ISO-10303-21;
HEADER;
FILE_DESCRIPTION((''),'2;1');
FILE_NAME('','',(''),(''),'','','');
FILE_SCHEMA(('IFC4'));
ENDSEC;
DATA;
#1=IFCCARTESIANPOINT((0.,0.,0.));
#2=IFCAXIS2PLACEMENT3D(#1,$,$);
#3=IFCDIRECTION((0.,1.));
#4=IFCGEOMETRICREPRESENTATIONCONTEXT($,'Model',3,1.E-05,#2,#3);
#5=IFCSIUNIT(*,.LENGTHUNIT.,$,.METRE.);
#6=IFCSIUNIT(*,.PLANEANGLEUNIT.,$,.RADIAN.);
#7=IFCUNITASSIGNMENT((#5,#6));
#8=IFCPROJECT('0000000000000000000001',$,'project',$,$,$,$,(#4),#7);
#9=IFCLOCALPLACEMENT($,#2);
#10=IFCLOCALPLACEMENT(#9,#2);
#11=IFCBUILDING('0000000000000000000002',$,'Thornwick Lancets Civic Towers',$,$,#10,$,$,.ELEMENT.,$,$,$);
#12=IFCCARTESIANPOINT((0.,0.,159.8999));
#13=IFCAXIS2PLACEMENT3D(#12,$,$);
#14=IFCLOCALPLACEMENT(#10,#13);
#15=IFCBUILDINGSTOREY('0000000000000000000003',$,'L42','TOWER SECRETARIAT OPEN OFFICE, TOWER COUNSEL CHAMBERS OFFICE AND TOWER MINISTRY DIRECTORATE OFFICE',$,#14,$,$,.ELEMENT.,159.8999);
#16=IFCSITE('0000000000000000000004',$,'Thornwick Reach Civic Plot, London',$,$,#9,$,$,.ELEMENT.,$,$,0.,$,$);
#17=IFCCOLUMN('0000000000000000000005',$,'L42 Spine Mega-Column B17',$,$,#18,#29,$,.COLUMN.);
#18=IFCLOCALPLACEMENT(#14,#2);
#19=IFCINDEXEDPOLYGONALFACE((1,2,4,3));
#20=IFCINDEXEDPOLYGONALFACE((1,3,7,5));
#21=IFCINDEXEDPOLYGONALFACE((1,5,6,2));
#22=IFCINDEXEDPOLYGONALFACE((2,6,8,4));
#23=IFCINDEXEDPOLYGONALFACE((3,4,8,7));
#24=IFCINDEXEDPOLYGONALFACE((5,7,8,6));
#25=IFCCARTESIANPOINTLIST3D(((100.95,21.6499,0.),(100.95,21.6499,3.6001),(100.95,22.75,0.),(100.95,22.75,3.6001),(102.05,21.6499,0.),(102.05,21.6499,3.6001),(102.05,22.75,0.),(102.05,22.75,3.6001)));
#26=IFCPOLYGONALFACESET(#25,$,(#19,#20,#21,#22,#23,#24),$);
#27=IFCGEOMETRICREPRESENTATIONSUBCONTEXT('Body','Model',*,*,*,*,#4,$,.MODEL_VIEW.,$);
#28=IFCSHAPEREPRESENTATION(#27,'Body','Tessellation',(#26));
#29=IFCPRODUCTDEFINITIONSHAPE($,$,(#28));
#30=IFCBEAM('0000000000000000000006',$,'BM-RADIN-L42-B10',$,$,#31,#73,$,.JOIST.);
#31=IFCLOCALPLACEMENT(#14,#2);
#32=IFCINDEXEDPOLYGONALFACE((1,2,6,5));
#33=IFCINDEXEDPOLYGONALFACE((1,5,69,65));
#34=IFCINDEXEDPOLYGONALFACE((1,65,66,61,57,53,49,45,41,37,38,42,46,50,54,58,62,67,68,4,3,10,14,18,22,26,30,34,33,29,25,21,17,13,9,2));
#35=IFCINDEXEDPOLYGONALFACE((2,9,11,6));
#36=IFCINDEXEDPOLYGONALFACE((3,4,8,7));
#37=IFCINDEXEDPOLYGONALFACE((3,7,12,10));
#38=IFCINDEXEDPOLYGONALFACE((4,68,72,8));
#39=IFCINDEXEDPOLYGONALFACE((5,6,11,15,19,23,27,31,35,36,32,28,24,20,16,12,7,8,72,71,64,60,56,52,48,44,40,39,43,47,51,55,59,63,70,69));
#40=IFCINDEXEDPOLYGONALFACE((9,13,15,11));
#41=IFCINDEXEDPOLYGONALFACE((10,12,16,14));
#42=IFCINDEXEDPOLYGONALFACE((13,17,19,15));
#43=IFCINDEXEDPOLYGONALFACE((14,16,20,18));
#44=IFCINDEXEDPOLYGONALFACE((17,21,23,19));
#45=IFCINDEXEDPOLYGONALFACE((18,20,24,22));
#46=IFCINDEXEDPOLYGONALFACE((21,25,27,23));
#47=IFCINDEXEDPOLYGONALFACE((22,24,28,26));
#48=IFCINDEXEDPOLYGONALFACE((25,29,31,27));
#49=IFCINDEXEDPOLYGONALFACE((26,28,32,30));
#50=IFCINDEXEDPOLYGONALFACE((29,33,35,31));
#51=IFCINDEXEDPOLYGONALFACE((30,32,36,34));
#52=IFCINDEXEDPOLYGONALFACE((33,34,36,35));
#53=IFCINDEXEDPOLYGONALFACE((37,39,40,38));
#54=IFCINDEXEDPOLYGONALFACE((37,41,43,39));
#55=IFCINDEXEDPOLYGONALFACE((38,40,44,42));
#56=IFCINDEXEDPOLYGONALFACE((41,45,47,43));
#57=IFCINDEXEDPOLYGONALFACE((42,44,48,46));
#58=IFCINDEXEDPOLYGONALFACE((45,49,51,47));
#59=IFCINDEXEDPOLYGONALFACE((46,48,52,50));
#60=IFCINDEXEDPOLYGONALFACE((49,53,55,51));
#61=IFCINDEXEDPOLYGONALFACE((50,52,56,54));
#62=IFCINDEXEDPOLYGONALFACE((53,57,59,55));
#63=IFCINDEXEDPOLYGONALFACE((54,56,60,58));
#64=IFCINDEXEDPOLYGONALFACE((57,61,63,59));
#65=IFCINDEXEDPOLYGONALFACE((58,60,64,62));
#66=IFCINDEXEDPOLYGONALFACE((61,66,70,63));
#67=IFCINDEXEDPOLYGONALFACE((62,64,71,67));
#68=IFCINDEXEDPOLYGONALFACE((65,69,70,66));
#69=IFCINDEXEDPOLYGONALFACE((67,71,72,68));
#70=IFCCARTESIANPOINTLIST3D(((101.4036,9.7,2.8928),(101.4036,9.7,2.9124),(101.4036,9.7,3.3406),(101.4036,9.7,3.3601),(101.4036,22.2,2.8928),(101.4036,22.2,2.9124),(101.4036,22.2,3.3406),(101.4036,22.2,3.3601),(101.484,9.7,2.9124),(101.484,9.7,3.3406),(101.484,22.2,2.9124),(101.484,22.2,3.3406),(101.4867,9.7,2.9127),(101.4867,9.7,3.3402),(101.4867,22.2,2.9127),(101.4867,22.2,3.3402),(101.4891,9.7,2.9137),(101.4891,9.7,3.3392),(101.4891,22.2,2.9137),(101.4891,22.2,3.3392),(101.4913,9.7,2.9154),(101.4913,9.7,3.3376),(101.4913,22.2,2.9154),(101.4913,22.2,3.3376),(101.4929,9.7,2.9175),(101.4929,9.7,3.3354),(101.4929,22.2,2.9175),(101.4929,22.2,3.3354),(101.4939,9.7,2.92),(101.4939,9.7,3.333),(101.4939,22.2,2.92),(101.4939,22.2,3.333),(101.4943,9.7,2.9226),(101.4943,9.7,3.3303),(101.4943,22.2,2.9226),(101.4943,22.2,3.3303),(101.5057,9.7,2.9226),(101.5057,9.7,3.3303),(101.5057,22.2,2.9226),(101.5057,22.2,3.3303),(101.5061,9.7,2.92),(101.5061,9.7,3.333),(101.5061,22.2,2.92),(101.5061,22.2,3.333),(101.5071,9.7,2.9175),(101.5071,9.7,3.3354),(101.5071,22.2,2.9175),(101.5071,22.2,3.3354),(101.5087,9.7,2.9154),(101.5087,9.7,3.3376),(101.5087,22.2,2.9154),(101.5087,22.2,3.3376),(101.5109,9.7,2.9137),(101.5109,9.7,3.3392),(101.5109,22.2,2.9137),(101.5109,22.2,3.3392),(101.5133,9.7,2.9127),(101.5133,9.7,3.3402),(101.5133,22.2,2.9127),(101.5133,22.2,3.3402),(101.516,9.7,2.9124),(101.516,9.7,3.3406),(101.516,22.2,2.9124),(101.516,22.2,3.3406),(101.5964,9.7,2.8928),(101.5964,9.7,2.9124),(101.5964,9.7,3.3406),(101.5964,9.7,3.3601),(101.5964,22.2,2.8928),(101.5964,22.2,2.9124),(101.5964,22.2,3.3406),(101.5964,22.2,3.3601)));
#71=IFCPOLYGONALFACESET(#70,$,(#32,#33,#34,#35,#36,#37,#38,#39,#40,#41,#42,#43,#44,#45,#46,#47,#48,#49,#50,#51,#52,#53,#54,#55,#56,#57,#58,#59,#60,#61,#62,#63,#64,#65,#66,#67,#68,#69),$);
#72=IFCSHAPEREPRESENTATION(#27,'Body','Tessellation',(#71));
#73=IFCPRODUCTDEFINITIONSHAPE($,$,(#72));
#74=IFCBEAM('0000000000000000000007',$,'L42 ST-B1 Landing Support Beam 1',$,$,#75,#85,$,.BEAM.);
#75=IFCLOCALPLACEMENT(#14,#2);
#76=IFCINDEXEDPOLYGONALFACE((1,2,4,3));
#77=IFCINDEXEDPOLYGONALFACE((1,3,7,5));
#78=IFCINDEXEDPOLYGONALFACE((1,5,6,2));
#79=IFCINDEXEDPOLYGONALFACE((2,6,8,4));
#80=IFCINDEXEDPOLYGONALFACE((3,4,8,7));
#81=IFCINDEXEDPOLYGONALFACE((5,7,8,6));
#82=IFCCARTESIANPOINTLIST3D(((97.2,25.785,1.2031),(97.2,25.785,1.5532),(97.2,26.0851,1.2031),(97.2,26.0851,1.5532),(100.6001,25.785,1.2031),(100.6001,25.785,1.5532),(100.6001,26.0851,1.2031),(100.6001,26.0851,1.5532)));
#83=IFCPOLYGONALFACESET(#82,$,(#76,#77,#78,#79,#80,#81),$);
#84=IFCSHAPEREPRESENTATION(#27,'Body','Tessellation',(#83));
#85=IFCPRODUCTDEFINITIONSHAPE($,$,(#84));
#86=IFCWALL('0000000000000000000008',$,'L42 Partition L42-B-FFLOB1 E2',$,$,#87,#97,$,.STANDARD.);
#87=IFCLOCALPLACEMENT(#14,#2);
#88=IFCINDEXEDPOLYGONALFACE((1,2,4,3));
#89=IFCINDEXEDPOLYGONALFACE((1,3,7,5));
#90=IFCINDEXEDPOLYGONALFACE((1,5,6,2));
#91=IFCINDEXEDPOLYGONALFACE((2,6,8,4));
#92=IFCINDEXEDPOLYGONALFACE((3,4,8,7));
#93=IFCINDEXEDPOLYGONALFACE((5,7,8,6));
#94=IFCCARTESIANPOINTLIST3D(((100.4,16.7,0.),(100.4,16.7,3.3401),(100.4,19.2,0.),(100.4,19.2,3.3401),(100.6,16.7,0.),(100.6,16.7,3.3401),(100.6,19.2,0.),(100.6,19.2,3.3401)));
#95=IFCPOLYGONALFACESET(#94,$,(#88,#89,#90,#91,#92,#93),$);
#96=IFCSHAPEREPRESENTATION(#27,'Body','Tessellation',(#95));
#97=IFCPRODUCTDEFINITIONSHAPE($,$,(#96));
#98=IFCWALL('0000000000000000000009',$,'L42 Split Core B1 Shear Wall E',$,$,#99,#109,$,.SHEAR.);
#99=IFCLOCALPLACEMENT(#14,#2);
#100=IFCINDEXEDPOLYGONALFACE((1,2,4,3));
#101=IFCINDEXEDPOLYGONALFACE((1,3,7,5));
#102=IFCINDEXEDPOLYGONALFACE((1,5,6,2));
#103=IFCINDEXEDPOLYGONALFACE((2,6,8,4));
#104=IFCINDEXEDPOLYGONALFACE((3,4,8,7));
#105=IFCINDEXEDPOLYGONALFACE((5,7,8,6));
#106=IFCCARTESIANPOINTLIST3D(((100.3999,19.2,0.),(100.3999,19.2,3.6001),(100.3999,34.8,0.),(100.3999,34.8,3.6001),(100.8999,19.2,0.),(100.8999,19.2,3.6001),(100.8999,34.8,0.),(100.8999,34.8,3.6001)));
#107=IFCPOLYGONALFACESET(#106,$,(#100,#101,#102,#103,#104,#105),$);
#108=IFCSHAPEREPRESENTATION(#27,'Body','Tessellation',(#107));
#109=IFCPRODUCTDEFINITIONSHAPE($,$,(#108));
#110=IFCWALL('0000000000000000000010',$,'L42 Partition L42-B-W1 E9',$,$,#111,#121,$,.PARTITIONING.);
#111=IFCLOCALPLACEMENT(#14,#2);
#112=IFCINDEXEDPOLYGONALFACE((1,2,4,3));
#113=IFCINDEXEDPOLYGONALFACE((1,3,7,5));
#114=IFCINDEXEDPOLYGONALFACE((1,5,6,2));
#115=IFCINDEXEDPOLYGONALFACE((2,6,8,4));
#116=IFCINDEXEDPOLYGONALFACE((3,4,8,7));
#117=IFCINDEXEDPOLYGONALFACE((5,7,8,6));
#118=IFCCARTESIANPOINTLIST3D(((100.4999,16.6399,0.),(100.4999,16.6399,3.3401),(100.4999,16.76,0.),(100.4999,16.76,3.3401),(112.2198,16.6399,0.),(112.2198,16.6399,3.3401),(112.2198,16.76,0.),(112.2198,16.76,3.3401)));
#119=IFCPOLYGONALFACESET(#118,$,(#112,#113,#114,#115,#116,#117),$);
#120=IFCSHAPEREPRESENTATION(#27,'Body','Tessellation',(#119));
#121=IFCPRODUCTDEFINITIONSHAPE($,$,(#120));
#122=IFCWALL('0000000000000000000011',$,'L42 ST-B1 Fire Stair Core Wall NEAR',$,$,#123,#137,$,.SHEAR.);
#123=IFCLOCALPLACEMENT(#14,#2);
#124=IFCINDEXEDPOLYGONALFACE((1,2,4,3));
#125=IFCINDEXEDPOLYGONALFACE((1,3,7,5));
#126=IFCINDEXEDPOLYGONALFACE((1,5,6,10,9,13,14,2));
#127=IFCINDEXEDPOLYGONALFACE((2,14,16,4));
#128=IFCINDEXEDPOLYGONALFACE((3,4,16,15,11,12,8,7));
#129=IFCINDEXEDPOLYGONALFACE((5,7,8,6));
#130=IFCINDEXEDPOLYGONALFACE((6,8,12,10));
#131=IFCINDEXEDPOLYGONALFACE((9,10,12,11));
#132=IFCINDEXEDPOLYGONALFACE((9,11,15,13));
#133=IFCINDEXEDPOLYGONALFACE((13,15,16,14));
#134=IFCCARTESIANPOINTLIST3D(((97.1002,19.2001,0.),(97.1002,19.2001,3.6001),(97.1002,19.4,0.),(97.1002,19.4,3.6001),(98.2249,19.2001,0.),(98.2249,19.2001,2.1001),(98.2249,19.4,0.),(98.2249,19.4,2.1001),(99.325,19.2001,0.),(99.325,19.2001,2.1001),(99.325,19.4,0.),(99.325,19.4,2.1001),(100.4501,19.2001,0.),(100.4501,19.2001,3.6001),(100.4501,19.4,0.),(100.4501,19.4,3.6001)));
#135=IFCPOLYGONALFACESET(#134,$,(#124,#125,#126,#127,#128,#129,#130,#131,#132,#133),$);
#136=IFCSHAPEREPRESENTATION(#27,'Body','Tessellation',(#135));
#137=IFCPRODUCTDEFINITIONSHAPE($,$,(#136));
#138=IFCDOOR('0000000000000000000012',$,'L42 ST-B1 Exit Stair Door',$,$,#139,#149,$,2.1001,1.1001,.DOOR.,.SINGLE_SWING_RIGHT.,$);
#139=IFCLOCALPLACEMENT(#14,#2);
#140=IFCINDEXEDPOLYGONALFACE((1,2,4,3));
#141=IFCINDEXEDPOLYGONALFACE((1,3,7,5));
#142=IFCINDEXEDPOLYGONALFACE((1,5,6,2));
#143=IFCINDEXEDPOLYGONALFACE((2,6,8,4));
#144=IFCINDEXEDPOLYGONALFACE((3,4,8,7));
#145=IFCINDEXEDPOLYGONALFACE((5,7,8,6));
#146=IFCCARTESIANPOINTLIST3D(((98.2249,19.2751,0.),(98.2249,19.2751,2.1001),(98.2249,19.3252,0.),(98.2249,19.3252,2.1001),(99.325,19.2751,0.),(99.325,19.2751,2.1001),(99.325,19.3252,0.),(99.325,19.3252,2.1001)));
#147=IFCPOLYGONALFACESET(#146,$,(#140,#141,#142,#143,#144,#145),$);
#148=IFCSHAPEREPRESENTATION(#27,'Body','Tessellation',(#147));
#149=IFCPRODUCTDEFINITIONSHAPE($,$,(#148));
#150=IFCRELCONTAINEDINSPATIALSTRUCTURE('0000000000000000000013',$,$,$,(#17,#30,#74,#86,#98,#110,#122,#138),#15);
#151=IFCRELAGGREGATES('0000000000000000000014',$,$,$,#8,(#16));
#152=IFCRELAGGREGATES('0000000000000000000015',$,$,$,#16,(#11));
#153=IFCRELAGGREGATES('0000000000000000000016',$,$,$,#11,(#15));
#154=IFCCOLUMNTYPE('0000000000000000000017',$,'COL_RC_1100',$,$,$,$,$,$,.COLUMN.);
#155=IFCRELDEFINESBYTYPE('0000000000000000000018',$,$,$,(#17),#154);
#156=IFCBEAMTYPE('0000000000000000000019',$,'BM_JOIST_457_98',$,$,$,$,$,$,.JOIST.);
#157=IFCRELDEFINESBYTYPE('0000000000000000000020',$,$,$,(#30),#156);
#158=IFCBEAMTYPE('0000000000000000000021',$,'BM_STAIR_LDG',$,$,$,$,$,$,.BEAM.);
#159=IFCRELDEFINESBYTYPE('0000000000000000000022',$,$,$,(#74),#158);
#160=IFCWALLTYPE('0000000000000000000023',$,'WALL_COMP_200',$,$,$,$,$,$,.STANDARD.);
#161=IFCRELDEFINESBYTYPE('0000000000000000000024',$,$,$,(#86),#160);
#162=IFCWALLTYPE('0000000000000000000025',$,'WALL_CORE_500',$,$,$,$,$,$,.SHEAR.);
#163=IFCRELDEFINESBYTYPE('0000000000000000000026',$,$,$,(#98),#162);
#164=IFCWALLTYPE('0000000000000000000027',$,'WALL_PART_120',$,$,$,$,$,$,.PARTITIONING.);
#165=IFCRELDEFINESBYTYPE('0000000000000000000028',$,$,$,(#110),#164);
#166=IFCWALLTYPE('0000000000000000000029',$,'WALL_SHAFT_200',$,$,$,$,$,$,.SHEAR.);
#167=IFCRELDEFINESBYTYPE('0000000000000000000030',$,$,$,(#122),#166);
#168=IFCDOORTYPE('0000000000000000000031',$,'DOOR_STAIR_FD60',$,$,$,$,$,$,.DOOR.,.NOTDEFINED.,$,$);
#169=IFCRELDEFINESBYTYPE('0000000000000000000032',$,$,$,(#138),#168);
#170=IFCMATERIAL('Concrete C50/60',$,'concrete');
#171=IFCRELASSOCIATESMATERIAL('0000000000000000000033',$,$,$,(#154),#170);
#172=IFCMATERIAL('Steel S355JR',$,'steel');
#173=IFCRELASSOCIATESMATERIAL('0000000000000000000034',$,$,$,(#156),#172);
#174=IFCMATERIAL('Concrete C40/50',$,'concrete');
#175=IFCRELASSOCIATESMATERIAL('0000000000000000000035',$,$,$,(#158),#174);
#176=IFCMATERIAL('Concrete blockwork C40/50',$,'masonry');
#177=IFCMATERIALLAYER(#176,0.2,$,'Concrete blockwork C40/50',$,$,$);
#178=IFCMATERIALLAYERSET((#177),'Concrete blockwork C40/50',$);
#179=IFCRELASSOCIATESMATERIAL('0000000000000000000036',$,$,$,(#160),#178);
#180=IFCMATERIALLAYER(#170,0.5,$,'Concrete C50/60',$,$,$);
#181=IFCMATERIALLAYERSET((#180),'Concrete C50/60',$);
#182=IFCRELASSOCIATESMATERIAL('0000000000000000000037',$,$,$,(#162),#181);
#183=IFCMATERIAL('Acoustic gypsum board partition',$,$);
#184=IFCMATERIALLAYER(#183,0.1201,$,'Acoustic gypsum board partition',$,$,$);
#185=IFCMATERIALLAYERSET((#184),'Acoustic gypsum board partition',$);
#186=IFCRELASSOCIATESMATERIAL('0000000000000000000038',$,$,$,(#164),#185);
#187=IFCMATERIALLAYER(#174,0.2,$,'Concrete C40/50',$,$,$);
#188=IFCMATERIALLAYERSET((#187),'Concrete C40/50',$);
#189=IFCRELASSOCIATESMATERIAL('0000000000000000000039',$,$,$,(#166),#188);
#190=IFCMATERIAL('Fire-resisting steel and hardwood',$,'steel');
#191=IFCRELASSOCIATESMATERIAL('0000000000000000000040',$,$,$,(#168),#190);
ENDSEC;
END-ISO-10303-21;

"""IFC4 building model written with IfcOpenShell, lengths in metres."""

from ifc_helpers import new_model, si_unit, direction, frame, frame_2d, origin, origin_2d, place, context, subcontext, project, spatial, rectangle, i_section, extrude, material, layer, layer_set, material_profile, profile_set, type_object, element, fill, save


model = new_model("IFC4")

# Units and contexts
model_context = context("Model", 3, precision=1e-05, world=origin(), true_north=direction((0.0, 1.0)))
body_context = subcontext(model_context, "Body", "Model", "MODEL_VIEW")
ifc_project = project(units=[si_unit("LENGTHUNIT", "METRE"), si_unit("PLANEANGLEUNIT", "RADIAN")], contexts=[model_context])

# Site, building, storey
site_placement = place(None, origin())
site = spatial("IfcSite", under=ifc_project, at=site_placement, Name="Thornwick Reach Civic Plot, London", CompositionType="ELEMENT", RefElevation=0.0)
building_placement = place(site_placement, origin())
building = spatial("IfcBuilding", under=site, at=building_placement, Name="Thornwick Lancets Civic Towers", CompositionType="ELEMENT")
storey_placement = place(building_placement, frame((0.0, 0.0, 159.8999)))
storey = spatial("IfcBuildingStorey", under=building, at=storey_placement, Name="L42", Description="TOWER SECRETARIAT OPEN OFFICE, TOWER COUNSEL CHAMBERS OFFICE AND TOWER MINISTRY DIRECTORATE OFFICE", CompositionType="ELEMENT", Elevation=159.8999)

# Column
ifc_material_1 = material(Name="Concrete C50/60", Category="concrete")
ifc_material_profile_1 = material_profile(ifc_material_1, rectangle(XDim=1.1001, YDim=1.1001, at=origin_2d()), Name="RC 1100x1100")
ifc_profile_set_1 = profile_set([ifc_material_profile_1], Name="Concrete C50/60")
column_type = type_object("IfcColumnType", Name="COL_RC_1100", PredefinedType="COLUMN", material=ifc_profile_set_1)
column_placement = place(storey_placement, frame((101.5, 22.2, 0.0), z_axis=(0.0, 0.0, 1.0), x_axis=(1.0, 0.0, 0.0)))
element("IfcColumn", 1, at=column_placement, inside=storey, type_object=column_type, Name="L42 Spine Mega-Column B17", PredefinedType="COLUMN", context=body_context, shape_type="SweptSolid", body=[
    extrude(rectangle(XDim=1.1001, YDim=1.1001, at=origin_2d()), origin(), (0.0, 0.0, 1.0), 3.6001),
])

# Beams
ifc_material_2 = material(Name="Steel S355JR", Category="steel")
ifc_material_profile_2 = material_profile(ifc_material_2, i_section(OverallWidth=0.1929, OverallDepth=0.4673, WebThickness=0.0115, FlangeThickness=0.0195, FilletRadius=0.0103, at=origin_2d()), Name="UKB 457x191x98")
ifc_profile_set_2 = profile_set([ifc_material_profile_2], Name="Steel S355JR")
beam_type_1 = type_object("IfcBeamType", Name="BM_JOIST_457_98", PredefinedType="JOIST", material=ifc_profile_set_2)
beam_1_placement = place(storey_placement, frame((101.5, 22.2, 3.1265), z_axis=(0.0, -1.0, 0.0), x_axis=(1.0, 0.0, 0.0)))
element("IfcBeam", 2, at=beam_1_placement, inside=storey, type_object=beam_type_1, Name="BM-RADIN-L42-B10", PredefinedType="JOIST", context=body_context, shape_type="SweptSolid", body=[
    extrude(i_section(OverallWidth=0.1929, OverallDepth=0.4673, WebThickness=0.0115, FlangeThickness=0.0195, FilletRadius=0.0103, at=origin_2d()), origin(), (0.0, 0.0, 1.0), 12.5),
])
ifc_material_3 = material(Name="Concrete C40/50", Category="concrete")
ifc_material_profile_3 = material_profile(ifc_material_3, rectangle(XDim=0.3, YDim=0.3501, at=origin_2d()), Name="RC 300x350")
ifc_profile_set_3 = profile_set([ifc_material_profile_3], Name="Concrete C40/50")
beam_type_2 = type_object("IfcBeamType", Name="BM_STAIR_LDG", PredefinedType="BEAM", material=ifc_profile_set_3)
beam_2_placement = place(storey_placement, frame((100.6001, 25.9351, 1.3782), z_axis=(-1.0, 0.0, 0.0), x_axis=(0.0, -1.0, 0.0)))
element("IfcBeam", 3, at=beam_2_placement, inside=storey, type_object=beam_type_2, Name="L42 ST-B1 Landing Support Beam 1", PredefinedType="BEAM", context=body_context, shape_type="SweptSolid", body=[
    extrude(rectangle(XDim=0.3, YDim=0.3501, at=origin_2d()), origin(), (0.0, 0.0, 1.0), 3.4001),
])

# Walls
ifc_material_4 = material(Name="Concrete blockwork C40/50", Category="masonry")
ifc_layer_1 = layer(ifc_material_4, 0.2, Name="Concrete blockwork C40/50")
ifc_layer_set_1 = layer_set([ifc_layer_1], Name="Concrete blockwork C40/50")
wall_type_1 = type_object("IfcWallType", Name="WALL_COMP_200", PredefinedType="STANDARD", material=ifc_layer_set_1)
wall_1_placement = place(storey_placement, frame((100.5, 16.7, 0.0), z_axis=(0.0, 0.0, 1.0), x_axis=(0.0, 1.0, 0.0)))
element("IfcWall", 4, at=wall_1_placement, inside=storey, type_object=wall_type_1, Name="L42 Partition L42-B-FFLOB1 E2", PredefinedType="STANDARD", context=body_context, shape_type="SweptSolid", body=[
    extrude(rectangle(XDim=2.5, YDim=0.2, at=frame_2d((1.25, 0.0))), origin(), (0.0, 0.0, 1.0), 3.3401),
])
ifc_layer_2 = layer(ifc_material_1, 0.5, Name="Concrete C50/60")
ifc_layer_set_2 = layer_set([ifc_layer_2], Name="Concrete C50/60")
wall_type_2 = type_object("IfcWallType", Name="WALL_CORE_500", PredefinedType="SHEAR", material=ifc_layer_set_2)
wall_2_placement = place(storey_placement, frame((100.6499, 19.2, 0.0), z_axis=(0.0, 0.0, 1.0), x_axis=(0.0, 1.0, 0.0)))
element("IfcWall", 5, at=wall_2_placement, inside=storey, type_object=wall_type_2, Name="L42 Split Core B1 Shear Wall E", PredefinedType="SHEAR", context=body_context, shape_type="SweptSolid", body=[
    extrude(rectangle(XDim=15.6001, YDim=0.5, at=frame_2d((7.8, 0.0))), origin(), (0.0, 0.0, 1.0), 3.6001),
])
ifc_material_5 = material(Name="Acoustic gypsum board partition")
ifc_layer_3 = layer(ifc_material_5, 0.1201, Name="Acoustic gypsum board partition")
ifc_layer_set_3 = layer_set([ifc_layer_3], Name="Acoustic gypsum board partition")
wall_type_3 = type_object("IfcWallType", Name="WALL_PART_120", PredefinedType="PARTITIONING", material=ifc_layer_set_3)
wall_3_placement = place(storey_placement, frame((100.5, 16.7, 0.0), z_axis=(0.0, 0.0, 1.0), x_axis=(1.0, 0.0, 0.0)))
element("IfcWall", 6, at=wall_3_placement, inside=storey, type_object=wall_type_3, Name="L42 Partition L42-B-W1 E9", PredefinedType="PARTITIONING", context=body_context, shape_type="SweptSolid", body=[
    extrude(rectangle(XDim=11.72, YDim=0.1201, at=frame_2d((5.8599, 0.0))), origin(), (0.0, 0.0, 1.0), 3.3401),
])

# Wall, opening, door
ifc_layer_4 = layer(ifc_material_3, 0.2, Name="Concrete C40/50")
ifc_layer_set_4 = layer_set([ifc_layer_4], Name="Concrete C40/50")
wall_type_4 = type_object("IfcWallType", Name="WALL_SHAFT_200", PredefinedType="SHEAR", material=ifc_layer_set_4)
wall_4_placement = place(storey_placement, frame((100.45, 19.3, 0.0), z_axis=(0.0, 0.0, 1.0), x_axis=(-1.0, 0.0, 0.0)))
wall_4 = element("IfcWall", 7, at=wall_4_placement, inside=storey, type_object=wall_type_4, Name="L42 ST-B1 Fire Stair Core Wall NEAR", PredefinedType="SHEAR", context=body_context, shape_type="SweptSolid", body=[
    extrude(rectangle(XDim=3.3499, YDim=0.2, at=frame_2d((1.6748, 0.0))), origin(), (0.0, 0.0, 1.0), 3.6001),
])
opening_placement = place(wall_4_placement, frame((1.125, 0.0, 0.0)))
opening = element("IfcOpeningElement", 8, at=opening_placement, cuts=wall_4, PredefinedType="OPENING", context=body_context, shape_type="SweptSolid", body=[
    extrude(rectangle(XDim=1.1001, YDim=2.1001, at=frame_2d((0.55, 1.05))), frame((0.0, 0.1099, 0.0), z_axis=(0.0, -1.0, 0.0), x_axis=(1.0, 0.0, 0.0)), (0.0, 0.0, 1.0), 0.22),
])
ifc_material_6 = material(Name="Fire-resisting steel and hardwood", Category="steel")
door_type = type_object("IfcDoorType", Name="DOOR_STAIR_FD60", OperationType="NOTDEFINED", PredefinedType="DOOR", material=ifc_material_6)
door_placement = place(opening_placement, origin())
door = element("IfcDoor", 9, at=door_placement, inside=storey, type_object=door_type, Name="L42 ST-B1 Exit Stair Door", OperationType="SINGLE_SWING_RIGHT", OverallHeight=2.1001, OverallWidth=1.1001, PredefinedType="DOOR", context=body_context, shape_type="SweptSolid", body=[
    extrude(rectangle(XDim=1.1001, YDim=2.1001, at=frame_2d((0.55, 1.05))), frame((0.0, 0.0249, 0.0), z_axis=(0.0, -1.0, 0.0), x_axis=(1.0, 0.0, 0.0)), (0.0, 0.0, 1.0), 0.05),
])
fill(opening, door)

save(model, "model.ifc")
